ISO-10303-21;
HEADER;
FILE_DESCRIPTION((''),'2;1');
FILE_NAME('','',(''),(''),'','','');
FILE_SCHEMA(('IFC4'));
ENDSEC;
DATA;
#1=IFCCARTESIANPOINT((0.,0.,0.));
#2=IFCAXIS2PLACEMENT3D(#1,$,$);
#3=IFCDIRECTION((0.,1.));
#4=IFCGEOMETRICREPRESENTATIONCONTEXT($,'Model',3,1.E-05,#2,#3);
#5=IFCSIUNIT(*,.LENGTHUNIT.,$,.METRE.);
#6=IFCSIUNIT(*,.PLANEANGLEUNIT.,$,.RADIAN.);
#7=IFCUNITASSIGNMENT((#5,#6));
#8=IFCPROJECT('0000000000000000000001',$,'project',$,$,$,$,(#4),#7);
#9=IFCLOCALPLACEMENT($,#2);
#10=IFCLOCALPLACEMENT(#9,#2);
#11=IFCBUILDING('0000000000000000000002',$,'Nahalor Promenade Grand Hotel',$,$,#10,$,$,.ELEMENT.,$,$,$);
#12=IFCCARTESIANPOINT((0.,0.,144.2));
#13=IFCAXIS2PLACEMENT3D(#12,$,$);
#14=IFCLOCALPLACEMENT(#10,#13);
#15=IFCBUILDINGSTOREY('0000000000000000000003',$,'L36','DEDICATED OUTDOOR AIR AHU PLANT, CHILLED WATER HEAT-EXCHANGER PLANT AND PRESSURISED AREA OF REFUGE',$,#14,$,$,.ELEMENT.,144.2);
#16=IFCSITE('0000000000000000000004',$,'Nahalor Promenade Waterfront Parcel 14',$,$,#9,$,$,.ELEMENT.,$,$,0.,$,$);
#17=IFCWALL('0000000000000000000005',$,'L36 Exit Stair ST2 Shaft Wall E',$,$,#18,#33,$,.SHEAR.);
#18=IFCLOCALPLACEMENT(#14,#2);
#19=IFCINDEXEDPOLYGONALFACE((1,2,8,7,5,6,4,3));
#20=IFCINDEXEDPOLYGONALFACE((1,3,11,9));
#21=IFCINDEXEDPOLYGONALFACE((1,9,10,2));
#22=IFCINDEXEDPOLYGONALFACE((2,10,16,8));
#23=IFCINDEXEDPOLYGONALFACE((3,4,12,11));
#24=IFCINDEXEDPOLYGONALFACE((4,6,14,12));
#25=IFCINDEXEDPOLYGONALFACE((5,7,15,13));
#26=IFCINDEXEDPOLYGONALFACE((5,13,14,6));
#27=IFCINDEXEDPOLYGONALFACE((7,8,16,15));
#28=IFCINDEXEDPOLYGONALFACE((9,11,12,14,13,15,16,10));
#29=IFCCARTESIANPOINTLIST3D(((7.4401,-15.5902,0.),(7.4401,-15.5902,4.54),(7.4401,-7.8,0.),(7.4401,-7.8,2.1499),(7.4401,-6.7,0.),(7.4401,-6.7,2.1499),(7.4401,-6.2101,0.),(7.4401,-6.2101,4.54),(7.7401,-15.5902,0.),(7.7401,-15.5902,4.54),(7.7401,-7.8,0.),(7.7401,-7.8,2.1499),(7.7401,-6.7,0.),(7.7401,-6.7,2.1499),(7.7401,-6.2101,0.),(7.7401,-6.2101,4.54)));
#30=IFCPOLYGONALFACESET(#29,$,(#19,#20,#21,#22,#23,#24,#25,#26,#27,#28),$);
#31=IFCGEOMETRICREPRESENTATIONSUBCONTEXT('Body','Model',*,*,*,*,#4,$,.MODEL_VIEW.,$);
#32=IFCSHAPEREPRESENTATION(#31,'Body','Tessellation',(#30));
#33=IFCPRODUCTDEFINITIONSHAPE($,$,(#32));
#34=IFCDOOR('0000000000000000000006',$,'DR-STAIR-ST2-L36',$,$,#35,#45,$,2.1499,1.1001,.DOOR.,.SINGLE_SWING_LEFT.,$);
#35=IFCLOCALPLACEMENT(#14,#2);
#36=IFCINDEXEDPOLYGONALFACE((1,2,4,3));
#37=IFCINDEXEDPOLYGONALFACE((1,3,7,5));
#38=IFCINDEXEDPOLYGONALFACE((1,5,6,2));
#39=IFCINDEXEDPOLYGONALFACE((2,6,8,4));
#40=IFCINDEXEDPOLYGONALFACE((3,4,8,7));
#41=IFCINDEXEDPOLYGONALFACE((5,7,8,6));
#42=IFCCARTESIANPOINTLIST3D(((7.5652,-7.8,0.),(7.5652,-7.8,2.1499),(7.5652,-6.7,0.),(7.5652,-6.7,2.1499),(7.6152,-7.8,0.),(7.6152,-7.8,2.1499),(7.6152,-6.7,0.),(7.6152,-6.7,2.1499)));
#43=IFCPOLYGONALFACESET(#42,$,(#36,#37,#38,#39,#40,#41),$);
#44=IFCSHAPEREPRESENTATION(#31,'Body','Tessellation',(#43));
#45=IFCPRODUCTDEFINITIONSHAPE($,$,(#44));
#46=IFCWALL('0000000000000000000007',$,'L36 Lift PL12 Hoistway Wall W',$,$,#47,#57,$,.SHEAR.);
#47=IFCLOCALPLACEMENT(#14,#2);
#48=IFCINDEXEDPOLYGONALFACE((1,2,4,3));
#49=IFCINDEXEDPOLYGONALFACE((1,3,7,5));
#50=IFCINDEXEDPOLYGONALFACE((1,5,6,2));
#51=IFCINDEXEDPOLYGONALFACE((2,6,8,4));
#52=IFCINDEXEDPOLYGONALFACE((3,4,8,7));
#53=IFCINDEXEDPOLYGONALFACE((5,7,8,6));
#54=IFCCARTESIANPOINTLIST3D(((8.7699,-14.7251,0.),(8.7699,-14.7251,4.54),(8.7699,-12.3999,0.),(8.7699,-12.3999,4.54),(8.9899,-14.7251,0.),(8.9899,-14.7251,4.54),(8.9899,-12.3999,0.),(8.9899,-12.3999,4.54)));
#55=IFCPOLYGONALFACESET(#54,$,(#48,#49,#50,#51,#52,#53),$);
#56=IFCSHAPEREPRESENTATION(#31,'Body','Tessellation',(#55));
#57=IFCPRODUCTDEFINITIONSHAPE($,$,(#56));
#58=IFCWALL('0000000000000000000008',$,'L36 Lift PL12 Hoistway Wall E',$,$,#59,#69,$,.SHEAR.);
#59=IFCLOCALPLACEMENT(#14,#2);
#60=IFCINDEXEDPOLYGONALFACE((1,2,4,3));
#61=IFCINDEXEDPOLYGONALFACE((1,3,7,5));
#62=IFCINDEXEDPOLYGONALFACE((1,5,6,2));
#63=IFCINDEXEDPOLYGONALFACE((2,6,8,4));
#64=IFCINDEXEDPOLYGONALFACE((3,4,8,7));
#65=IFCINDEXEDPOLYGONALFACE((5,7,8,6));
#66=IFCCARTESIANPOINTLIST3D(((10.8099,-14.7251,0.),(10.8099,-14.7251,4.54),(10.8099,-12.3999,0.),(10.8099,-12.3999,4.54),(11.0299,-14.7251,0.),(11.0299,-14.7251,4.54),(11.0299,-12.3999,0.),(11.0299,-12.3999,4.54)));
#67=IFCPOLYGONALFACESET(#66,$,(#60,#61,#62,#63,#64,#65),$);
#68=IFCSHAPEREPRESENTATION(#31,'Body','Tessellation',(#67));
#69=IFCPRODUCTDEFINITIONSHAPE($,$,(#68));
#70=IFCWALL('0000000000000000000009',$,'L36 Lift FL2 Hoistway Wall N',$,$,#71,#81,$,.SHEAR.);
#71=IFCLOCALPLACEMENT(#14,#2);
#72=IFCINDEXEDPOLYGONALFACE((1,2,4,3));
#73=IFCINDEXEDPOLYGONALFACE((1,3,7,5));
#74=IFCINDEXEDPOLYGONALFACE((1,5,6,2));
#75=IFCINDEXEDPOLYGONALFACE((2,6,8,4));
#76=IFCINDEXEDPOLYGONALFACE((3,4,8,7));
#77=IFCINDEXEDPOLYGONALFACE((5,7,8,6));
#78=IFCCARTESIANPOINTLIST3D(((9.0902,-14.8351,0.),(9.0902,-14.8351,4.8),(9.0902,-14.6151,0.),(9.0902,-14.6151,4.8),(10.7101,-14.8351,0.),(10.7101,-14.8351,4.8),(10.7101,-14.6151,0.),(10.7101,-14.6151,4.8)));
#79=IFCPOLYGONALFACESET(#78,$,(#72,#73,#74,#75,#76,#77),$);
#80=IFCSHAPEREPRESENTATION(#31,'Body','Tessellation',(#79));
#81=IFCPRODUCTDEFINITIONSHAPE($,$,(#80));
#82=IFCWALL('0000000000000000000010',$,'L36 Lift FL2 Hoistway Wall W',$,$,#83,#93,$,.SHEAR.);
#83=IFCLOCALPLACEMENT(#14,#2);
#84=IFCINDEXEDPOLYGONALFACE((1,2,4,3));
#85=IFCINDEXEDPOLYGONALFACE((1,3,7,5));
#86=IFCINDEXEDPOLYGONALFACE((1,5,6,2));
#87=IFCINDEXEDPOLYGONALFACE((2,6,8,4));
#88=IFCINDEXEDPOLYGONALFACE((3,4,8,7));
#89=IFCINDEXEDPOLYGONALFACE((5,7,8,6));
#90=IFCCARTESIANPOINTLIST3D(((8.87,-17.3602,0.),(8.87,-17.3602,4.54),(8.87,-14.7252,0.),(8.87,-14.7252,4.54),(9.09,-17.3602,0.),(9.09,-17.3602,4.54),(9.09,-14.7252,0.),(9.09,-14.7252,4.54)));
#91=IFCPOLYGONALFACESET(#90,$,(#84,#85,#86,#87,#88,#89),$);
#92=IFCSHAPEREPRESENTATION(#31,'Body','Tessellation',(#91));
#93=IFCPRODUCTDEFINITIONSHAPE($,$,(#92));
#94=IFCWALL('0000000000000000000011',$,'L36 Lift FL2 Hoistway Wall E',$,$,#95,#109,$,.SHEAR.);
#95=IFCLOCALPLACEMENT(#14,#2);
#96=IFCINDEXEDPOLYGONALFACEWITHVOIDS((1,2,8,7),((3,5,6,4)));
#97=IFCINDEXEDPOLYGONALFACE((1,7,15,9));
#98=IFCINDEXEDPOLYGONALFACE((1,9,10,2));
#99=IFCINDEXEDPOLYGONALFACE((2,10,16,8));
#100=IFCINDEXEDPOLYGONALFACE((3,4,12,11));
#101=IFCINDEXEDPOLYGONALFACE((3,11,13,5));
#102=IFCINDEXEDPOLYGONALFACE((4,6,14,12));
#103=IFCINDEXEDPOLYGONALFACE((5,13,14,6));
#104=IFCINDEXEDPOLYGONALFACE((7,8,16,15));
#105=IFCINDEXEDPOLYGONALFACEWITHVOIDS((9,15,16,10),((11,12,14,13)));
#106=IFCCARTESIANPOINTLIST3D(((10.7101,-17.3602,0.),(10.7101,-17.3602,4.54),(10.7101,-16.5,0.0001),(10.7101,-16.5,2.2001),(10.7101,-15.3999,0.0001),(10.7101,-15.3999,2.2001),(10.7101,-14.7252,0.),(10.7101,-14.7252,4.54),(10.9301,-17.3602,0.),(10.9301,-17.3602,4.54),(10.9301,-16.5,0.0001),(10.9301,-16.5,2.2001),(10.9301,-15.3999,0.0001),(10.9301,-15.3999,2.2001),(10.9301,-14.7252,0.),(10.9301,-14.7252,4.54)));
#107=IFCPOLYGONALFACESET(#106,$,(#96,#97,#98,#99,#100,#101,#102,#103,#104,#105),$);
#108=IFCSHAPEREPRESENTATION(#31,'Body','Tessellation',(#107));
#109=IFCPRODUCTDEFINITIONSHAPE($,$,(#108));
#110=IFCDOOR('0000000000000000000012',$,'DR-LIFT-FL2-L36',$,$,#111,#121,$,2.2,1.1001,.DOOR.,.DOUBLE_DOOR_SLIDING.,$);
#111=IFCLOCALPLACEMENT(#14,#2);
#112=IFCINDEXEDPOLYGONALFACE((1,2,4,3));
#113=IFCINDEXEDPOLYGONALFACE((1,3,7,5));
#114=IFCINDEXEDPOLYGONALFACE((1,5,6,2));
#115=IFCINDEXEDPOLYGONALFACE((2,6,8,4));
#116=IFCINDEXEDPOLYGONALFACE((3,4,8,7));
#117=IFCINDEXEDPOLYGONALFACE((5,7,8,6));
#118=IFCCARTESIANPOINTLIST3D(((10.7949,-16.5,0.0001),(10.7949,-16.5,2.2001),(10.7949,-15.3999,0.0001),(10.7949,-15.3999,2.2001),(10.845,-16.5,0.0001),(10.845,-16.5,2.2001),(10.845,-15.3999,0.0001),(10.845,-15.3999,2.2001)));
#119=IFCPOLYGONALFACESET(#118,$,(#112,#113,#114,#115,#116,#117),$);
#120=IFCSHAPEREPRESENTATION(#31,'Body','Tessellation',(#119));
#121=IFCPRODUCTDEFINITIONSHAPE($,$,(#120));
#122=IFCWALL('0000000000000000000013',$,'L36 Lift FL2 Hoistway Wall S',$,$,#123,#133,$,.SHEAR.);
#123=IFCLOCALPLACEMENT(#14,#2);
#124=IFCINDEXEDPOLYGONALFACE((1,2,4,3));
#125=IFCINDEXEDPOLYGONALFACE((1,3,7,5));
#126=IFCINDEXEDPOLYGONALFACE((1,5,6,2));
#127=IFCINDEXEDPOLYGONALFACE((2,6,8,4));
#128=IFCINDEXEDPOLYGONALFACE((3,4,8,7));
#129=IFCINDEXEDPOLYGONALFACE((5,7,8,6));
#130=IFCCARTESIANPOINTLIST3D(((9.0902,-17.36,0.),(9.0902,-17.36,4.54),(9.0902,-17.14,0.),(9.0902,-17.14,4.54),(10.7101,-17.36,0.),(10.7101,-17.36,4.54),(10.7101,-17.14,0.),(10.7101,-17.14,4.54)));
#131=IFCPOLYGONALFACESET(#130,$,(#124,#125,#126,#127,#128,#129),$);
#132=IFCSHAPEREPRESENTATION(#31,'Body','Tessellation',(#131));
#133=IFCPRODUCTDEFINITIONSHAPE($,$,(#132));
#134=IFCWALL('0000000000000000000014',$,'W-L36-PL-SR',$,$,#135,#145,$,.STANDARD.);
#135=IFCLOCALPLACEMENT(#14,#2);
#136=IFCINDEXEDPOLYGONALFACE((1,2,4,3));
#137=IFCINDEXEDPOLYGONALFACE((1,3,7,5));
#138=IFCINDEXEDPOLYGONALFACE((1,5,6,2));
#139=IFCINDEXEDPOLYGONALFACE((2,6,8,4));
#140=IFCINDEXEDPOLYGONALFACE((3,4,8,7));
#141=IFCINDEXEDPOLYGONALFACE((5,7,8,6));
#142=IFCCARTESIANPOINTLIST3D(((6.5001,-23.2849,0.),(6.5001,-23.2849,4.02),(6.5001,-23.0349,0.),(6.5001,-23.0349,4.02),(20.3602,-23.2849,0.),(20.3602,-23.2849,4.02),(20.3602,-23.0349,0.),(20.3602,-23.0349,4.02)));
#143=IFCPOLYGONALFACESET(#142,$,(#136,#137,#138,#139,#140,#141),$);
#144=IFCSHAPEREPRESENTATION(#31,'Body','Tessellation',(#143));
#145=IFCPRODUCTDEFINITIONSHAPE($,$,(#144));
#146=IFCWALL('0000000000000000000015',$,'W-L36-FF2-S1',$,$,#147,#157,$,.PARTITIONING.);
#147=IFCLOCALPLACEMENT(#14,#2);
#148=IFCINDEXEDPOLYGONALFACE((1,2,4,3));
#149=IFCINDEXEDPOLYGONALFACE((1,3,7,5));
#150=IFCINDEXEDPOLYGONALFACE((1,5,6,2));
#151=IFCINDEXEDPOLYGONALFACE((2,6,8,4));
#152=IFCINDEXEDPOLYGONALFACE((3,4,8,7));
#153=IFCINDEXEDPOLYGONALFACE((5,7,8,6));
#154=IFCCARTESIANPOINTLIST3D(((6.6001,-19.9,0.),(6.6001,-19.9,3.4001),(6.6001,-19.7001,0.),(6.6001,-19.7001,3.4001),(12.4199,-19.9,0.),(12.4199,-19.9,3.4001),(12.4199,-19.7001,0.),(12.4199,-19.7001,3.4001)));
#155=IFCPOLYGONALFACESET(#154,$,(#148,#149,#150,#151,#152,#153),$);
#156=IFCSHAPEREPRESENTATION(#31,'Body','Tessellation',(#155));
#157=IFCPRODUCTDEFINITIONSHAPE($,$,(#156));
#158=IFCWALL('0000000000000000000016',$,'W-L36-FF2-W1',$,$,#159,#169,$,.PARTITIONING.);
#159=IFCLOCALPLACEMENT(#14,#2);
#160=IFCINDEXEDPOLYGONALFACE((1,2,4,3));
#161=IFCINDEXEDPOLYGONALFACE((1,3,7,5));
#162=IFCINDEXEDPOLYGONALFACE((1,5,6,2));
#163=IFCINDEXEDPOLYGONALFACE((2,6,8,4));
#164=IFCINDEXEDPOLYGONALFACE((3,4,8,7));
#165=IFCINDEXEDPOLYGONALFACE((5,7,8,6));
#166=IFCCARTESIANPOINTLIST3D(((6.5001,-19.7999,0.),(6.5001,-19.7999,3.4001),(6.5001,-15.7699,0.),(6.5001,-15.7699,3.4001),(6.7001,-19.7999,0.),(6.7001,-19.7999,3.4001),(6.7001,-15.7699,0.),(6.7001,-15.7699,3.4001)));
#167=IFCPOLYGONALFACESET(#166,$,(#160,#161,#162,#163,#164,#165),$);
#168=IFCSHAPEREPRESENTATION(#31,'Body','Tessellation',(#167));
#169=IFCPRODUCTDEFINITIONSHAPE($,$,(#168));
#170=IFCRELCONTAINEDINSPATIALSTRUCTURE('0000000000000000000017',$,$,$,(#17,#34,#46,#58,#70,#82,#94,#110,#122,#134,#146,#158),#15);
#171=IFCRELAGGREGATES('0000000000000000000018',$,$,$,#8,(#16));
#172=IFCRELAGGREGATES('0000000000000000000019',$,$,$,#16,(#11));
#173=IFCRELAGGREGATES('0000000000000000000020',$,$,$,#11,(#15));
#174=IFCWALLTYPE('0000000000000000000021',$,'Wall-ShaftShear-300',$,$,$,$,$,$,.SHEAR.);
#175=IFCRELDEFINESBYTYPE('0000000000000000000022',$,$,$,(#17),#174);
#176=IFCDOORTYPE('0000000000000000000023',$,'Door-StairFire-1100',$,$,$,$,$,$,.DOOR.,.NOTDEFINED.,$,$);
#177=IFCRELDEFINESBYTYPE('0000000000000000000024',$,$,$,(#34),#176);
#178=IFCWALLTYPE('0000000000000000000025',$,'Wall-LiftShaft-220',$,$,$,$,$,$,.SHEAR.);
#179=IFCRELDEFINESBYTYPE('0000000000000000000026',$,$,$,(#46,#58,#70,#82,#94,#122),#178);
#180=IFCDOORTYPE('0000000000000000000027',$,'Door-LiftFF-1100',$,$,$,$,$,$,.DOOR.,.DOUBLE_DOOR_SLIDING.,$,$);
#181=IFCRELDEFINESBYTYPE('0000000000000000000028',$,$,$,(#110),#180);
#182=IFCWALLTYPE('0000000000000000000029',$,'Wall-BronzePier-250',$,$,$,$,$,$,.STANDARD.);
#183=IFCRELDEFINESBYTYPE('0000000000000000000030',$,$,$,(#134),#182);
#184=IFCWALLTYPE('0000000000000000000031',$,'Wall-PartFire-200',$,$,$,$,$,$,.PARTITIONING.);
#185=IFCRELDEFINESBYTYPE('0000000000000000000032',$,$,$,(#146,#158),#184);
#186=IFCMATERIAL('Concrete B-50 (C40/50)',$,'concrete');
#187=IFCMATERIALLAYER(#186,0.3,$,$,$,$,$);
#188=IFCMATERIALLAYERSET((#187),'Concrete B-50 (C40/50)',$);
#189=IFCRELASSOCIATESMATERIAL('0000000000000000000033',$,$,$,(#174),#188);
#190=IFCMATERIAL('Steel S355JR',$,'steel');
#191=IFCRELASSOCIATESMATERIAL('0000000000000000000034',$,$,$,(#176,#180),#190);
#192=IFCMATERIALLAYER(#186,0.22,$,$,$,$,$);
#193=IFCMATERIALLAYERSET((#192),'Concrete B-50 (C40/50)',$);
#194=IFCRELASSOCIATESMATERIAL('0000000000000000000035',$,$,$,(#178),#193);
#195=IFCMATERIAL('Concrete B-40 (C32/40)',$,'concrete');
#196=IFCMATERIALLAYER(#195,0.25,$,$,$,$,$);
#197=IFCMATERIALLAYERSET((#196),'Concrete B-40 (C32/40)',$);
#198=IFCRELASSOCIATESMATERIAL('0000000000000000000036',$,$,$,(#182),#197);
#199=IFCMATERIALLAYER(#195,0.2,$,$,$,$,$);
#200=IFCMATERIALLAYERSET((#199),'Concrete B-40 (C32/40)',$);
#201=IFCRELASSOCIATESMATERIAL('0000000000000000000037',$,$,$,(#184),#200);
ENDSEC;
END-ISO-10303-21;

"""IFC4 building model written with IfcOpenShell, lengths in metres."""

from ifc_helpers import new_model, si_unit, direction, frame, frame_2d, origin, place, context, subcontext, project, spatial, rectangle, extrude, source, transform, mapped, material, layer, layer_set, type_object, element, fill, save


model = new_model("IFC4")

# Units and contexts
model_context = context("Model", 3, precision=1e-05, world=origin(), true_north=direction((0.0, 1.0)))
body_context = subcontext(model_context, "Body", "Model", "MODEL_VIEW")
ifc_project = project(units=[si_unit("LENGTHUNIT", "METRE"), si_unit("PLANEANGLEUNIT", "RADIAN")], contexts=[model_context])

# Site, building, storey
site_placement = place(None, origin())
site = spatial("IfcSite", under=ifc_project, at=site_placement, Name="Nahalor Promenade Waterfront Parcel 14", CompositionType="ELEMENT", RefElevation=0.0)
building_placement = place(site_placement, origin())
building = spatial("IfcBuilding", under=site, at=building_placement, Name="Nahalor Promenade Grand Hotel", CompositionType="ELEMENT")
storey_placement = place(building_placement, frame((0.0, 0.0, 144.2)))
storey = spatial("IfcBuildingStorey", under=building, at=storey_placement, Name="L36", Description="DEDICATED OUTDOOR AIR AHU PLANT, CHILLED WATER HEAT-EXCHANGER PLANT AND PRESSURISED AREA OF REFUGE", CompositionType="ELEMENT", Elevation=144.2)

# Shared definitions
ifc_material_1 = material(Name="Steel S355JR", Category="steel")

# Shared definitions
ifc_material_2 = material(Name="Concrete B-50 (C40/50)", Category="concrete")
ifc_layer_1 = layer(ifc_material_2, 0.3)
ifc_layer_set_1 = layer_set([ifc_layer_1], Name="Concrete B-50 (C40/50)")
wall_type_1 = type_object("IfcWallType", Name="Wall-ShaftShear-300", PredefinedType="SHEAR", material=ifc_layer_set_1)
shared_shape_1 = source(origin(), body_context, "Body", "SweptSolid", [
    extrude(rectangle(XDim=9.3801, YDim=0.3, at=frame_2d((4.6899, 0.0))), origin(), (0.0, 0.0, 1.0), 4.54),
])

# Wall, opening, door
wall_1_placement = place(storey_placement, frame((7.5901, -15.5901, 0.0), z_axis=(0.0, 0.0, 1.0), x_axis=(0.0, 1.0, 0.0)))
wall_1 = element("IfcWall", 1, at=wall_1_placement, inside=storey, type_object=wall_type_1, Name="L36 Exit Stair ST2 Shaft Wall E", PredefinedType="SHEAR", context=body_context, shape_type="MappedRepresentation", body=[
    mapped(shared_shape_1, transform((0.0, 0.0, 0.0), scale=1.0)),
])
opening_1_placement = place(wall_1_placement, frame((7.79, 0.0, 0.0)))
opening_1 = element("IfcOpeningElement", 2, at=opening_1_placement, cuts=wall_1, PredefinedType="OPENING", context=body_context, shape_type="SweptSolid", body=[
    extrude(rectangle(XDim=1.1001, YDim=2.1499, at=frame_2d((0.55, 1.075))), frame((0.0, 0.1599, 0.0), z_axis=(0.0, -1.0, 0.0), x_axis=(1.0, 0.0, 0.0)), (0.0, 0.0, 1.0), 0.3201),
])
door_type_1 = type_object("IfcDoorType", Name="Door-StairFire-1100", OperationType="NOTDEFINED", PredefinedType="DOOR", material=ifc_material_1)
shared_shape_2 = source(origin(), body_context, "Body", "SweptSolid", [
    extrude(rectangle(XDim=1.1001, YDim=2.1499, at=frame_2d((0.55, 1.075))), frame((0.0, 0.0249, 0.0), z_axis=(0.0, -1.0, 0.0), x_axis=(1.0, 0.0, 0.0)), (0.0, 0.0, 1.0), 0.05),
])
door_1_placement = place(opening_1_placement, origin())
door_1 = element("IfcDoor", 3, at=door_1_placement, inside=storey, type_object=door_type_1, Name="DR-STAIR-ST2-L36", OperationType="SINGLE_SWING_LEFT", OverallHeight=2.1499, OverallWidth=1.1001, PredefinedType="DOOR", context=body_context, shape_type="MappedRepresentation", body=[
    mapped(shared_shape_2, transform((0.0, 0.0, 0.0), scale=1.0)),
])
fill(opening_1, door_1)

# Walls
ifc_layer_2 = layer(ifc_material_2, 0.22)
ifc_layer_set_2 = layer_set([ifc_layer_2], Name="Concrete B-50 (C40/50)")
wall_type_2 = type_object("IfcWallType", Name="Wall-LiftShaft-220", PredefinedType="SHEAR", material=ifc_layer_set_2)
shared_shape_3 = source(origin(), body_context, "Body", "SweptSolid", [
    extrude(rectangle(XDim=2.3252, YDim=0.22, at=frame_2d((1.1626, 0.0))), origin(), (0.0, 0.0, 1.0), 4.54),
])
for number, where, z_axis, x_axis, name in (
    (4, (8.8799, -14.7251, 0.0), (0.0, 0.0, 1.0), (0.0, 1.0, 0.0), "L36 Lift PL12 Hoistway Wall W"),
    (5, (10.9199, -14.7251, 0.0), (0.0, 0.0, 1.0), (0.0, 1.0, 0.0), "L36 Lift PL12 Hoistway Wall E"),
):
    element("IfcWall", number, at=place(storey_placement, frame(where, z_axis=z_axis, x_axis=x_axis)), inside=storey, type_object=wall_type_2, Name=name, PredefinedType="SHEAR", context=body_context, shape_type="MappedRepresentation", body=[
        mapped(shared_shape_3, transform((0.0, 0.0, 0.0), scale=1.0)),
    ])
shared_shape_4 = source(origin(), body_context, "Body", "SweptSolid", [
    extrude(rectangle(XDim=1.6199, YDim=0.22, at=frame_2d((0.8101, 0.0))), origin(), (0.0, 0.0, 1.0), 4.8),
])
wall_2_placement = place(storey_placement, frame((9.0901, -14.7251, 0.0), z_axis=(0.0, 0.0, 1.0), x_axis=(1.0, 0.0, 0.0)))
element("IfcWall", 6, at=wall_2_placement, inside=storey, type_object=wall_type_2, Name="L36 Lift FL2 Hoistway Wall N", PredefinedType="SHEAR", context=body_context, shape_type="MappedRepresentation", body=[
    mapped(shared_shape_4, transform((0.0, 0.0, 0.0), scale=1.0)),
])
shared_shape_5 = source(origin(), body_context, "Body", "SweptSolid", [
    extrude(rectangle(XDim=2.635, YDim=0.22, at=frame_2d((1.3174, 0.0))), origin(), (0.0, 0.0, 1.0), 4.54),
])
wall_3_placement = place(storey_placement, frame((8.98, -17.3601, 0.0), z_axis=(0.0, 0.0, 1.0), x_axis=(0.0, 1.0, 0.0)))
element("IfcWall", 7, at=wall_3_placement, inside=storey, type_object=wall_type_2, Name="L36 Lift FL2 Hoistway Wall W", PredefinedType="SHEAR", context=body_context, shape_type="MappedRepresentation", body=[
    mapped(shared_shape_5, transform((0.0, 0.0, 0.0), scale=1.0)),
])

# Wall, opening, door
wall_4_placement = place(storey_placement, frame((10.8201, -17.3601, 0.0), z_axis=(0.0, 0.0, 1.0), x_axis=(0.0, 1.0, 0.0)))
wall_4 = element("IfcWall", 8, at=wall_4_placement, inside=storey, type_object=wall_type_2, Name="L36 Lift FL2 Hoistway Wall E", PredefinedType="SHEAR", context=body_context, shape_type="MappedRepresentation", body=[
    mapped(shared_shape_5, transform((0.0, 0.0, 0.0), scale=1.0)),
])
opening_2_placement = place(wall_4_placement, frame((0.8601, 0.0, 0.0)))
opening_2 = element("IfcOpeningElement", 9, at=opening_2_placement, cuts=wall_4, PredefinedType="OPENING", context=body_context, shape_type="SweptSolid", body=[
    extrude(rectangle(XDim=1.1001, YDim=2.2, at=frame_2d((0.55, 1.1001))), frame((0.0, 0.1199, 0.0), z_axis=(0.0, -1.0, 0.0), x_axis=(1.0, 0.0, 0.0)), (0.0, 0.0, 1.0), 0.24),
])
door_type_2 = type_object("IfcDoorType", Name="Door-LiftFF-1100", OperationType="DOUBLE_DOOR_SLIDING", PredefinedType="DOOR", material=ifc_material_1)
shared_shape_6 = source(origin(), body_context, "Body", "SweptSolid", [
    extrude(rectangle(XDim=1.1001, YDim=2.2, at=frame_2d((0.55, 1.1001))), frame((0.0, 0.0249, 0.0), z_axis=(0.0, -1.0, 0.0), x_axis=(1.0, 0.0, 0.0)), (0.0, 0.0, 1.0), 0.05),
])
door_2_placement = place(opening_2_placement, frame((1.1001, 0.0, 0.0), z_axis=(0.0, 0.0, 1.0), x_axis=(-1.0, 0.0, 0.0)))
door_2 = element("IfcDoor", 10, at=door_2_placement, inside=storey, type_object=door_type_2, Name="DR-LIFT-FL2-L36", OperationType="DOUBLE_DOOR_SLIDING", OverallHeight=2.2, OverallWidth=1.1001, PredefinedType="DOOR", context=body_context, shape_type="MappedRepresentation", body=[
    mapped(shared_shape_6, transform((0.0, 0.0, 0.0), scale=1.0)),
])
fill(opening_2, door_2)

# Walls
shared_shape_7 = source(origin(), body_context, "Body", "SweptSolid", [
    extrude(rectangle(XDim=1.6199, YDim=0.22, at=frame_2d((0.8101, 0.0))), origin(), (0.0, 0.0, 1.0), 4.54),
])
wall_5_placement = place(storey_placement, frame((9.0901, -17.25, 0.0), z_axis=(0.0, 0.0, 1.0), x_axis=(1.0, 0.0, 0.0)))
element("IfcWall", 11, at=wall_5_placement, inside=storey, type_object=wall_type_2, Name="L36 Lift FL2 Hoistway Wall S", PredefinedType="SHEAR", context=body_context, shape_type="MappedRepresentation", body=[
    mapped(shared_shape_7, transform((0.0, 0.0, 0.0), scale=1.0)),
])
ifc_material_3 = material(Name="Concrete B-40 (C32/40)", Category="concrete")
ifc_layer_3 = layer(ifc_material_3, 0.25)
ifc_layer_set_3 = layer_set([ifc_layer_3], Name="Concrete B-40 (C32/40)")
wall_type_3 = type_object("IfcWallType", Name="Wall-BronzePier-250", PredefinedType="STANDARD", material=ifc_layer_set_3)
shared_shape_8 = source(origin(), body_context, "Body", "SweptSolid", [
    extrude(rectangle(XDim=13.8601, YDim=0.25, at=frame_2d((6.9302, 0.0))), origin(), (0.0, 0.0, 1.0), 4.02),
])
wall_6_placement = place(storey_placement, frame((6.5, -23.1599, 0.0), z_axis=(0.0, 0.0, 1.0), x_axis=(1.0, 0.0, 0.0)))
element("IfcWall", 12, at=wall_6_placement, inside=storey, type_object=wall_type_3, Name="W-L36-PL-SR", PredefinedType="STANDARD", context=body_context, shape_type="MappedRepresentation", body=[
    mapped(shared_shape_8, transform((0.0, 0.0, 0.0), scale=1.0)),
])
ifc_layer_4 = layer(ifc_material_3, 0.2)
ifc_layer_set_4 = layer_set([ifc_layer_4], Name="Concrete B-40 (C32/40)")
wall_type_4 = type_object("IfcWallType", Name="Wall-PartFire-200", PredefinedType="PARTITIONING", material=ifc_layer_set_4)
shared_shape_9 = source(origin(), body_context, "Body", "SweptSolid", [
    extrude(rectangle(XDim=5.8198, YDim=0.2, at=frame_2d((2.9099, 0.0))), origin(), (0.0, 0.0, 1.0), 3.4001),
])
wall_7_placement = place(storey_placement, frame((6.6001, -19.8, 0.0), z_axis=(0.0, 0.0, 1.0), x_axis=(1.0, 0.0, 0.0)))
element("IfcWall", 13, at=wall_7_placement, inside=storey, type_object=wall_type_4, Name="W-L36-FF2-S1", PredefinedType="PARTITIONING", context=body_context, shape_type="MappedRepresentation", body=[
    mapped(shared_shape_9, transform((0.0, 0.0, 0.0), scale=1.0)),
])
shared_shape_10 = source(origin(), body_context, "Body", "SweptSolid", [
    extrude(rectangle(XDim=4.03, YDim=0.2, at=frame_2d((2.0151, 0.0))), origin(), (0.0, 0.0, 1.0), 3.4001),
])
wall_8_placement = place(storey_placement, frame((6.6001, -19.8, 0.0), z_axis=(0.0, 0.0, 1.0), x_axis=(0.0, 1.0, 0.0)))
element("IfcWall", 14, at=wall_8_placement, inside=storey, type_object=wall_type_4, Name="W-L36-FF2-W1", PredefinedType="PARTITIONING", context=body_context, shape_type="MappedRepresentation", body=[
    mapped(shared_shape_10, transform((0.0, 0.0, 0.0), scale=1.0)),
])

save(model, "model.ifc")
